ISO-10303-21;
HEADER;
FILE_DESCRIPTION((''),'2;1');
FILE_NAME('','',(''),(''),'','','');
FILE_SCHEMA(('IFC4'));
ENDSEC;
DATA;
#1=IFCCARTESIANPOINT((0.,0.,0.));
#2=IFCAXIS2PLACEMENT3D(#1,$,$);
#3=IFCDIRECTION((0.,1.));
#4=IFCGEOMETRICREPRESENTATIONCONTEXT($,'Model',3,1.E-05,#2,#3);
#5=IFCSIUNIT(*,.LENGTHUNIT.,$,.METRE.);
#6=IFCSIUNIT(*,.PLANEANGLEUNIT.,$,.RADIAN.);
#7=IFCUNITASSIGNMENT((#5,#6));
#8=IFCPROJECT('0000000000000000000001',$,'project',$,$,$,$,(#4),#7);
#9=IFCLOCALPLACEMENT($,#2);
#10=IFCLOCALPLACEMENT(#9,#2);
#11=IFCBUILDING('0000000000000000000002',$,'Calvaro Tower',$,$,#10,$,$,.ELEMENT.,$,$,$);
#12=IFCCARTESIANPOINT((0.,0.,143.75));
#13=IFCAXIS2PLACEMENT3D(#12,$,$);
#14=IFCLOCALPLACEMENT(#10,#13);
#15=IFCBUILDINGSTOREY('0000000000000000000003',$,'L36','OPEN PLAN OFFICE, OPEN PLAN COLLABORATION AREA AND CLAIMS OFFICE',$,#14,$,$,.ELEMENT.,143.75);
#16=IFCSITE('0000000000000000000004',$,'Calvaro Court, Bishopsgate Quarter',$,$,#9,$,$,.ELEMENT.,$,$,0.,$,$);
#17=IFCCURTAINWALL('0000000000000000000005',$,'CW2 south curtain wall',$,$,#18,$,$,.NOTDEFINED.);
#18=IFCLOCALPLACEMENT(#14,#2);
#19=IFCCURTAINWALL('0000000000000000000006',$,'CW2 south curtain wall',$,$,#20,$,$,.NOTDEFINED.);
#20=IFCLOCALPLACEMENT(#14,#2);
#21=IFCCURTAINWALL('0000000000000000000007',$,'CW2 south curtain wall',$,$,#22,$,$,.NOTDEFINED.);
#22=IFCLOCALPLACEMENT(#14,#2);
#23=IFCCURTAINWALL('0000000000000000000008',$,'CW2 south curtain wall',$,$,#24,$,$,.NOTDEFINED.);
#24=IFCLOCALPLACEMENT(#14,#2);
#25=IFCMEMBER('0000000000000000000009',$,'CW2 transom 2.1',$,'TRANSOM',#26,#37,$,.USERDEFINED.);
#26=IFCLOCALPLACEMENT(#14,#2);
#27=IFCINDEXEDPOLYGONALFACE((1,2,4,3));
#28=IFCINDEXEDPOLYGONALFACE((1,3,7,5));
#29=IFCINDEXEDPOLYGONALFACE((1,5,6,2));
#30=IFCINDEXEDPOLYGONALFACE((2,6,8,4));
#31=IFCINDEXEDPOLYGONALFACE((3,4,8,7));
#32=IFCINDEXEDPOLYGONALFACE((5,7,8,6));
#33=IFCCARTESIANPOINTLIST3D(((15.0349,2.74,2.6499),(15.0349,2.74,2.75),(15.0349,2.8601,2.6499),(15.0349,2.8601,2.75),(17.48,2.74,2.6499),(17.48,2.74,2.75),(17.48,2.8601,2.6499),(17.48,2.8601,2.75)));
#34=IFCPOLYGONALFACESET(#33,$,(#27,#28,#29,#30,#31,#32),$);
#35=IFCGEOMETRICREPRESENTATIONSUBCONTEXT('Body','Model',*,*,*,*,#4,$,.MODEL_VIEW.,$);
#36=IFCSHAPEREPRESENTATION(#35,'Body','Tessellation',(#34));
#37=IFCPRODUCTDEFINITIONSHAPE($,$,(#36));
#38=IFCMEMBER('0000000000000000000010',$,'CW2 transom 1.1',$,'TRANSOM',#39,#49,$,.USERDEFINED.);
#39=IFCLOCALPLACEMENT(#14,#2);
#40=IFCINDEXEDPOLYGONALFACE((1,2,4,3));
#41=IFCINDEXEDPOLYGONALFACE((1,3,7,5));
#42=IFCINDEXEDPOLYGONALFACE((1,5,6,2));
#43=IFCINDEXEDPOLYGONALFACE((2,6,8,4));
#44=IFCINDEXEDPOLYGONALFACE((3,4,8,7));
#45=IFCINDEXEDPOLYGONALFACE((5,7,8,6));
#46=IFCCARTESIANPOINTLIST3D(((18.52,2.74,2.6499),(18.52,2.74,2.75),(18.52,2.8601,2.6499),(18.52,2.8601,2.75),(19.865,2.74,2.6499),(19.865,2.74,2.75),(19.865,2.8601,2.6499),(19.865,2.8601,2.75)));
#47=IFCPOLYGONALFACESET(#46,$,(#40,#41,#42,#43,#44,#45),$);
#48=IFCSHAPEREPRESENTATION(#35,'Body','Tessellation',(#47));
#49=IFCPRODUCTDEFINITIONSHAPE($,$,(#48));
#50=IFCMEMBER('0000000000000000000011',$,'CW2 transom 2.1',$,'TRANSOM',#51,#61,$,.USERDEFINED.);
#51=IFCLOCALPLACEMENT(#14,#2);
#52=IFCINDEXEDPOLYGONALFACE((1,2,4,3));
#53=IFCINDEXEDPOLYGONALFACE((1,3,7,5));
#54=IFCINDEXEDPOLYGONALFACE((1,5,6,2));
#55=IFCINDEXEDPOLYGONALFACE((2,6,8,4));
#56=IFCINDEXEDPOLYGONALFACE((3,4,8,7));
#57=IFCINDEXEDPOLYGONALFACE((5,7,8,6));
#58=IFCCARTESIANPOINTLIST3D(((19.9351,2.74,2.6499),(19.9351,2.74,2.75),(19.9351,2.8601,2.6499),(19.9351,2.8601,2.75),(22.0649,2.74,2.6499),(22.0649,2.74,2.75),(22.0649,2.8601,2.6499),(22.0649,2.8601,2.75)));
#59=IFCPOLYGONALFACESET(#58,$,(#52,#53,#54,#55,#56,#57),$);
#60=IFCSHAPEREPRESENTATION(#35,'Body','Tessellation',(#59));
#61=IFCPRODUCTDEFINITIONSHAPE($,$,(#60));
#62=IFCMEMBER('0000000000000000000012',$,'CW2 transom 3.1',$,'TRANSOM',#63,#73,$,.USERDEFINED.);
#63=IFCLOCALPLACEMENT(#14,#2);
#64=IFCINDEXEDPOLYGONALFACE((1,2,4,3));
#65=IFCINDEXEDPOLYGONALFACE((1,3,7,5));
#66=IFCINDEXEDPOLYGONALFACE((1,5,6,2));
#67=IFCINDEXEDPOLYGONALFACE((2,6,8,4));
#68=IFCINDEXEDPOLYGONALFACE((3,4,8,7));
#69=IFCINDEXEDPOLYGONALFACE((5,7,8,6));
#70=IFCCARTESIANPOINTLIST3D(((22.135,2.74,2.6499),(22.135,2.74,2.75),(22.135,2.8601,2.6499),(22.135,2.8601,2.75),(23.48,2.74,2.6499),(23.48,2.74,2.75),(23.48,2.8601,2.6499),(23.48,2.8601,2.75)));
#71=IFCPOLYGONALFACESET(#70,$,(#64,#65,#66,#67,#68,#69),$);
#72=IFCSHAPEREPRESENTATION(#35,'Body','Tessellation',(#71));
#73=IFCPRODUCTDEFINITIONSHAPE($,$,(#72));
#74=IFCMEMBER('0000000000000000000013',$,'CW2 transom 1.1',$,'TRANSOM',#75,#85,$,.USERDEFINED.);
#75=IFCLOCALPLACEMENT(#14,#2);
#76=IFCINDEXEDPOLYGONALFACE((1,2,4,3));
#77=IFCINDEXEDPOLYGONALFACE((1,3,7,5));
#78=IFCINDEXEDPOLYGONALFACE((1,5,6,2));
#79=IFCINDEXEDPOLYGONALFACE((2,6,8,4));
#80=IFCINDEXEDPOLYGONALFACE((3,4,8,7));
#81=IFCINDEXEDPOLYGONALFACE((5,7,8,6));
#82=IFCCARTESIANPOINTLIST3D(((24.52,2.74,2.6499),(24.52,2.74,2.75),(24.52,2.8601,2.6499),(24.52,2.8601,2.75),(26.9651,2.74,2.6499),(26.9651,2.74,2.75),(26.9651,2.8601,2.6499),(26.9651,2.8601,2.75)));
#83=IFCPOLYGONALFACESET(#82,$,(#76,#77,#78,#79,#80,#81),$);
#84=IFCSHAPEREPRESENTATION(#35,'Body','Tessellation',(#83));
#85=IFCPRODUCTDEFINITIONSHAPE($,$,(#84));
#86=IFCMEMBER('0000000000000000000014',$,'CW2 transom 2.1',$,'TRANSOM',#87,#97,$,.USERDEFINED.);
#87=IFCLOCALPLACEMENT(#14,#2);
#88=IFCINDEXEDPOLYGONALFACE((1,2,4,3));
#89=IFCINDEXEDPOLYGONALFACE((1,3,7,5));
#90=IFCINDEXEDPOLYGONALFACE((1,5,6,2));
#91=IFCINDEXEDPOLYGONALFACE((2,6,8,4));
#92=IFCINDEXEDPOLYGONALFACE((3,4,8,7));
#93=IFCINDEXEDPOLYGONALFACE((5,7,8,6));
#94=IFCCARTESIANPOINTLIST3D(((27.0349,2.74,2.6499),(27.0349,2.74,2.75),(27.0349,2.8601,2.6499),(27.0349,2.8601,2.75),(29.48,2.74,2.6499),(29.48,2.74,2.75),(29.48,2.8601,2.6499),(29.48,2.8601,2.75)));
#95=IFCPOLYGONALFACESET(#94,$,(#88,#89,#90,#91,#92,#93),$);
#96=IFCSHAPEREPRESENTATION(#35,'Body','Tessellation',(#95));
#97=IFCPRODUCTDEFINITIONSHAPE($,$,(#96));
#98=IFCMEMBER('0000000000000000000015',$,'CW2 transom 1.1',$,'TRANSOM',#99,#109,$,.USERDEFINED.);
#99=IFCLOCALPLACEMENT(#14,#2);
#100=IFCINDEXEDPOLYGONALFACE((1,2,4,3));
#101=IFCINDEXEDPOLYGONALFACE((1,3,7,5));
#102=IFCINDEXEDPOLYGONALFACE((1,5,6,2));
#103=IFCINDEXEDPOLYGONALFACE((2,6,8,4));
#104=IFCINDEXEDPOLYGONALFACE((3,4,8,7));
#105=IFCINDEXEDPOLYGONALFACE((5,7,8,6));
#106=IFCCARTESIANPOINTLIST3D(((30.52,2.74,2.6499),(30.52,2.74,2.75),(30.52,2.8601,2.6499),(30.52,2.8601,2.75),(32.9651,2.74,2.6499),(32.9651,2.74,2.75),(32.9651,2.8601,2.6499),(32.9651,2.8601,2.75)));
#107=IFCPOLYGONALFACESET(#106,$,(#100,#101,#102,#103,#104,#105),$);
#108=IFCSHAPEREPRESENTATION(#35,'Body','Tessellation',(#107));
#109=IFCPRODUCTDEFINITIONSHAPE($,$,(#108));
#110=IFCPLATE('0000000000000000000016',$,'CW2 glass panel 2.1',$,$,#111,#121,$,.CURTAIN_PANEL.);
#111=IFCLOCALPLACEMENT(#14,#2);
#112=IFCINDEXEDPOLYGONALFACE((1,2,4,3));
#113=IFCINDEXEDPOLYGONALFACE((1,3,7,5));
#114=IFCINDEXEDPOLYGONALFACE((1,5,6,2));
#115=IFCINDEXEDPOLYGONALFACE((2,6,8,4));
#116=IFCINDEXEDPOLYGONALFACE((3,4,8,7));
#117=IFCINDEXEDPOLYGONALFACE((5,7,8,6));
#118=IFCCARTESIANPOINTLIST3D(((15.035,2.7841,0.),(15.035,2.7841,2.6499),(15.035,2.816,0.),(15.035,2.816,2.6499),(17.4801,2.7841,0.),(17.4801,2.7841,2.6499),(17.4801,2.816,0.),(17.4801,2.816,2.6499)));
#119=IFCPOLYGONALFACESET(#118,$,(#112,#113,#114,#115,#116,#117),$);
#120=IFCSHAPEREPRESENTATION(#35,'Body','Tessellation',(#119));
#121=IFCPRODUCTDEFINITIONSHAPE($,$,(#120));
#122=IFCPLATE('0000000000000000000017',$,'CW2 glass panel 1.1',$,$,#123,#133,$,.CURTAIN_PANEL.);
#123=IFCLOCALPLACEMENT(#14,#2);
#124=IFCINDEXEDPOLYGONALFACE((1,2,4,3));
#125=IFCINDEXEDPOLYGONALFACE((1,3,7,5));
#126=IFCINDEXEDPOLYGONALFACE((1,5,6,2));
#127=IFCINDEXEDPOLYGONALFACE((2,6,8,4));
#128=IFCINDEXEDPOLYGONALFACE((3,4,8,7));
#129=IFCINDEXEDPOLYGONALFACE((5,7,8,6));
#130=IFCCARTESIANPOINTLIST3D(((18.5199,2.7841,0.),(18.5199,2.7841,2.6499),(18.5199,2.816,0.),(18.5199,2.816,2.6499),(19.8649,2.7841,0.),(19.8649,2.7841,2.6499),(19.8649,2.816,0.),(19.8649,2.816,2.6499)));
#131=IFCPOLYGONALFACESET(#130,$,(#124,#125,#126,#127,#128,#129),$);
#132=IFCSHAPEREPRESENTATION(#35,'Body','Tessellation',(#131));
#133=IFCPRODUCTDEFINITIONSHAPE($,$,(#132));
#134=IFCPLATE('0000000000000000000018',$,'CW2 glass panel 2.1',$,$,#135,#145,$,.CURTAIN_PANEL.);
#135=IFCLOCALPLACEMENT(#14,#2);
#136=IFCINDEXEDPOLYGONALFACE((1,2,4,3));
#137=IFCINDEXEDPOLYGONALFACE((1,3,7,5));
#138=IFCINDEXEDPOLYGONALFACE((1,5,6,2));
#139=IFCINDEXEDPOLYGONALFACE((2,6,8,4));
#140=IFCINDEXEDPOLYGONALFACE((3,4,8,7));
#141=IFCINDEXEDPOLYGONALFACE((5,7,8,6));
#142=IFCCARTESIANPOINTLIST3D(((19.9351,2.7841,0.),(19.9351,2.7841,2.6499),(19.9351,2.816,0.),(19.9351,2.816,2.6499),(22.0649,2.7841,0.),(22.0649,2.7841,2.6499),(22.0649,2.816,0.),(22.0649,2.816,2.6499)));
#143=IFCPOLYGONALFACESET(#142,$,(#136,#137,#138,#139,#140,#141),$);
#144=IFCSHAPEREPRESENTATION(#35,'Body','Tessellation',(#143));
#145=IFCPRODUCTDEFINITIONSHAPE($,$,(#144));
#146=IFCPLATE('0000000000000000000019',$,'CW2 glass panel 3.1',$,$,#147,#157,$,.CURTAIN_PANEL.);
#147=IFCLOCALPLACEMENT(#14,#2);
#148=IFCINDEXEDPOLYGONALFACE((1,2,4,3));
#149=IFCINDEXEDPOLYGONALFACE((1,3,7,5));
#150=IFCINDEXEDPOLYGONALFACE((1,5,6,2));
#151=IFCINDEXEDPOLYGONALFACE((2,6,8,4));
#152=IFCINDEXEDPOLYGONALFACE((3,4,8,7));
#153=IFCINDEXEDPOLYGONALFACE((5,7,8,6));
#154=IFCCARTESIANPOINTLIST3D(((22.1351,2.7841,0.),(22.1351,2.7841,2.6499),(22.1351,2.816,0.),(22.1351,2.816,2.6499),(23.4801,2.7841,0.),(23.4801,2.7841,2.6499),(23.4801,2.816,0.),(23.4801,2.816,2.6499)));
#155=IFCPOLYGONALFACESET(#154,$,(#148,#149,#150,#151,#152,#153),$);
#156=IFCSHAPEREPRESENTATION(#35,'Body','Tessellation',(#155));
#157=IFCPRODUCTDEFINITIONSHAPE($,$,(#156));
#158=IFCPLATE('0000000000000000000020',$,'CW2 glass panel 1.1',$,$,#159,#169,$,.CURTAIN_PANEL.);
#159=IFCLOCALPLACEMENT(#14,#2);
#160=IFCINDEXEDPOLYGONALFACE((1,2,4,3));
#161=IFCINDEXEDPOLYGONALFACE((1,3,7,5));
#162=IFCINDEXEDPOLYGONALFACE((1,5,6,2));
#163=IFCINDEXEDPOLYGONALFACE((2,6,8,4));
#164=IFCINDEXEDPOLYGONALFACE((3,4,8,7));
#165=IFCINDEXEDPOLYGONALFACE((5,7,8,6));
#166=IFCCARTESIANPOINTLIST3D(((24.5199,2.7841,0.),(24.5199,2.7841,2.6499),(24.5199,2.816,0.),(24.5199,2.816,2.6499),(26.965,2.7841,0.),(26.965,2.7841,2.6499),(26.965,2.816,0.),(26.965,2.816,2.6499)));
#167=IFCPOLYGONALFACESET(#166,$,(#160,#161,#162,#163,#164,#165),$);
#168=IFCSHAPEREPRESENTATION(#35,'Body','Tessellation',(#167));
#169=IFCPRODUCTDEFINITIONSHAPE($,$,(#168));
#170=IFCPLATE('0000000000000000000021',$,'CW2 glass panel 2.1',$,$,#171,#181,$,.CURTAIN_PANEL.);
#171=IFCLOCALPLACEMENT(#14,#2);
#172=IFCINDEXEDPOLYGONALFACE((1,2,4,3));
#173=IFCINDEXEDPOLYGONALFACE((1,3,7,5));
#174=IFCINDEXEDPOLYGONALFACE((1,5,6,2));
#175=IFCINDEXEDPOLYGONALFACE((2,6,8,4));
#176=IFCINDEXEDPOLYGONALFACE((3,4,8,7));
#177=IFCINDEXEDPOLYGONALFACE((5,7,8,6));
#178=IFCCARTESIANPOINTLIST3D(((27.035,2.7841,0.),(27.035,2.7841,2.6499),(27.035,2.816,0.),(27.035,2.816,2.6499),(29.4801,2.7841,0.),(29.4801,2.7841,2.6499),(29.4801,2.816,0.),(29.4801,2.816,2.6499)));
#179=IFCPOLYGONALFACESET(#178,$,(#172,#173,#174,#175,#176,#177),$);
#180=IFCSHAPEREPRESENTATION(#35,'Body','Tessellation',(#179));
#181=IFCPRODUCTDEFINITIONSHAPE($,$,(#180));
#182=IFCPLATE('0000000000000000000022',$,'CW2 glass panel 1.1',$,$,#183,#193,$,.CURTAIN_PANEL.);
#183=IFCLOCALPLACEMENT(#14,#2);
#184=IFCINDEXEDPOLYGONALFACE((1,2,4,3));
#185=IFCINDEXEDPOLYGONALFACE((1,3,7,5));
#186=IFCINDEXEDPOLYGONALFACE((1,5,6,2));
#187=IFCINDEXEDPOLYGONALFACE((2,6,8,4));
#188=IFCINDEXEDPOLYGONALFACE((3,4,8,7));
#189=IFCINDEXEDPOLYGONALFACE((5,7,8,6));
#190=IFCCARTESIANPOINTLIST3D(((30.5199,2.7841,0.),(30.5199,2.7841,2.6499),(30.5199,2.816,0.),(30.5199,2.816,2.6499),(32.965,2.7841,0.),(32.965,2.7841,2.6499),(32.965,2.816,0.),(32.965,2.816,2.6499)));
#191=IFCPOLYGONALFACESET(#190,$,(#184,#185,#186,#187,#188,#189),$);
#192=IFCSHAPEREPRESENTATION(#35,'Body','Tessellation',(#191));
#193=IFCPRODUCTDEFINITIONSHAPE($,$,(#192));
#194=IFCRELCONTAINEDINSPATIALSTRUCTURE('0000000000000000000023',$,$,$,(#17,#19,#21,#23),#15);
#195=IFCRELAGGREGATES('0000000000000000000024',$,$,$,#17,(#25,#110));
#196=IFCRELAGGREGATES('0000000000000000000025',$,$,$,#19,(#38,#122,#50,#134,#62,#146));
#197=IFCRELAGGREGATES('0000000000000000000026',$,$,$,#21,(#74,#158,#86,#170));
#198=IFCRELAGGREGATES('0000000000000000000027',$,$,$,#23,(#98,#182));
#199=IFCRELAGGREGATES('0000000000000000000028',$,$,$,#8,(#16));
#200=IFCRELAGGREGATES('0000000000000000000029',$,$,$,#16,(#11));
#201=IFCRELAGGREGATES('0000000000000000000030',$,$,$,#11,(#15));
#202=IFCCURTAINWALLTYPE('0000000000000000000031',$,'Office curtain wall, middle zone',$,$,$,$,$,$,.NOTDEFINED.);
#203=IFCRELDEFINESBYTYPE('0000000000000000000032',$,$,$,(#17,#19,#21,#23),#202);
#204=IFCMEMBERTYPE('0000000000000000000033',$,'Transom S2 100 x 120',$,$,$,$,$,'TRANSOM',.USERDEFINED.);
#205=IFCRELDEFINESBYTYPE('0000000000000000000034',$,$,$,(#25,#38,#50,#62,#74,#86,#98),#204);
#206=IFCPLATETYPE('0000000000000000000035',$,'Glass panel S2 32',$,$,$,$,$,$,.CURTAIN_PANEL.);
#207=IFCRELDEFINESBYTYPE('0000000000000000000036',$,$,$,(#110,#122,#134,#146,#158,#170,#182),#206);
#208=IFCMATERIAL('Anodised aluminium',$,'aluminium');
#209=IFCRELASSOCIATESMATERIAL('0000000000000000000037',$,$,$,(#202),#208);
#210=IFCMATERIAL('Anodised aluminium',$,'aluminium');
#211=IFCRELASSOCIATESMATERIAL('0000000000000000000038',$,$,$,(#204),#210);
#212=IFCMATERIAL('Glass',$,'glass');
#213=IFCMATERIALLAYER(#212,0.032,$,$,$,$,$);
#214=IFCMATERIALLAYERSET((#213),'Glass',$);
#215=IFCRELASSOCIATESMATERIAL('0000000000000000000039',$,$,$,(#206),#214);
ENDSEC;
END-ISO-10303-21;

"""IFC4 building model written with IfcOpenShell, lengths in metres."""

from ifc_helpers import new_model, si_unit, direction, frame, origin, origin_2d, place, context, subcontext, project, spatial, rectangle, extrude, material, layer, layer_set, material_profile, profile_set, type_object, element, aggregate, save


model = new_model("IFC4")

# Units and contexts
model_context = context("Model", 3, precision=1e-05, world=origin(), true_north=direction((0.0, 1.0)))
body_context = subcontext(model_context, "Body", "Model", "MODEL_VIEW")
ifc_project = project(units=[si_unit("LENGTHUNIT", "METRE"), si_unit("PLANEANGLEUNIT", "RADIAN")], contexts=[model_context])

# Site, building, storey
site_placement = place(None, origin())
site = spatial("IfcSite", under=ifc_project, at=site_placement, Name="Calvaro Court, Bishopsgate Quarter", CompositionType="ELEMENT", RefElevation=0.0)
building_placement = place(site_placement, origin())
building = spatial("IfcBuilding", under=site, at=building_placement, Name="Calvaro Tower", CompositionType="ELEMENT")
storey_placement = place(building_placement, frame((0.0, 0.0, 143.75)))
storey = spatial("IfcBuildingStorey", under=building, at=storey_placement, Name="L36", Description="OPEN PLAN OFFICE, OPEN PLAN COLLABORATION AREA AND CLAIMS OFFICE", CompositionType="ELEMENT", Elevation=143.75)

# Curtain wall
ifc_material_1 = material(Name="Anodised aluminium", Category="aluminium")
curtain_wall_type = type_object("IfcCurtainWallType", Name="Office curtain wall, middle zone", PredefinedType="NOTDEFINED", material=ifc_material_1)
curtain_wall_1_placement = place(storey_placement, origin())
curtain_wall_1 = element("IfcCurtainWall", 1, at=curtain_wall_1_placement, inside=storey, type_object=curtain_wall_type, Name="CW2 south curtain wall", PredefinedType="NOTDEFINED")

# Curtain walls
curtain_wall_2_placement = place(storey_placement, origin())
curtain_wall_2 = element("IfcCurtainWall", 2, at=curtain_wall_2_placement, inside=storey, type_object=curtain_wall_type, Name="CW2 south curtain wall", PredefinedType="NOTDEFINED")
curtain_wall_3_placement = place(storey_placement, origin())
curtain_wall_3 = element("IfcCurtainWall", 3, at=curtain_wall_3_placement, inside=storey, type_object=curtain_wall_type, Name="CW2 south curtain wall", PredefinedType="NOTDEFINED")

# Curtain wall
curtain_wall_4_placement = place(storey_placement, origin())
curtain_wall_4 = element("IfcCurtainWall", 4, at=curtain_wall_4_placement, inside=storey, type_object=curtain_wall_type, Name="CW2 south curtain wall", PredefinedType="NOTDEFINED")

# Members
ifc_material_2 = material(Name="Anodised aluminium", Category="aluminium")
ifc_material_profile_1 = material_profile(ifc_material_2, rectangle(XDim=0.1201, YDim=0.1001, at=origin_2d()), Name="Transom S2 100 x 120")
ifc_profile_set_1 = profile_set([ifc_material_profile_1], Name="Anodised aluminium")
member_type_1 = type_object("IfcMemberType", Name="Transom S2 100 x 120", ElementType="TRANSOM", PredefinedType="USERDEFINED", material=ifc_profile_set_1)
member_1_placement = place(storey_placement, frame((15.0349, 2.8, 2.7), z_axis=(1.0, 0.0, 0.0), x_axis=(0.0, 1.0, 0.0)))
member_1 = element("IfcMember", 5, at=member_1_placement, type_object=member_type_1, Name="CW2 transom 2.1", ObjectType="TRANSOM", PredefinedType="USERDEFINED", context=body_context, shape_type="SweptSolid", body=[
    extrude(rectangle(XDim=0.1201, YDim=0.1001, at=origin_2d()), origin(), (0.0, 0.0, 1.0), 2.4451),
])
member_2_placement = place(storey_placement, frame((18.52, 2.8, 2.7), z_axis=(1.0, 0.0, 0.0), x_axis=(0.0, 1.0, 0.0)))
member_2 = element("IfcMember", 6, at=member_2_placement, type_object=member_type_1, Name="CW2 transom 1.1", ObjectType="TRANSOM", PredefinedType="USERDEFINED", context=body_context, shape_type="SweptSolid", body=[
    extrude(rectangle(XDim=0.1201, YDim=0.1001, at=origin_2d()), origin(), (0.0, 0.0, 1.0), 1.345),
])
member_3_placement = place(storey_placement, frame((19.9351, 2.8, 2.7), z_axis=(1.0, 0.0, 0.0), x_axis=(0.0, 1.0, 0.0)))
member_3 = element("IfcMember", 7, at=member_3_placement, type_object=member_type_1, Name="CW2 transom 2.1", ObjectType="TRANSOM", PredefinedType="USERDEFINED", context=body_context, shape_type="SweptSolid", body=[
    extrude(rectangle(XDim=0.1201, YDim=0.1001, at=origin_2d()), origin(), (0.0, 0.0, 1.0), 2.1299),
])
member_4_placement = place(storey_placement, frame((22.135, 2.8, 2.7), z_axis=(1.0, 0.0, 0.0), x_axis=(0.0, 1.0, 0.0)))
member_4 = element("IfcMember", 8, at=member_4_placement, type_object=member_type_1, Name="CW2 transom 3.1", ObjectType="TRANSOM", PredefinedType="USERDEFINED", context=body_context, shape_type="SweptSolid", body=[
    extrude(rectangle(XDim=0.1201, YDim=0.1001, at=origin_2d()), origin(), (0.0, 0.0, 1.0), 1.345),
])
member_5_placement = place(storey_placement, frame((24.52, 2.8, 2.7), z_axis=(1.0, 0.0, 0.0), x_axis=(0.0, 1.0, 0.0)))
member_5 = element("IfcMember", 9, at=member_5_placement, type_object=member_type_1, Name="CW2 transom 1.1", ObjectType="TRANSOM", PredefinedType="USERDEFINED", context=body_context, shape_type="SweptSolid", body=[
    extrude(rectangle(XDim=0.1201, YDim=0.1001, at=origin_2d()), origin(), (0.0, 0.0, 1.0), 2.4451),
])
member_6_placement = place(storey_placement, frame((27.0349, 2.8, 2.7), z_axis=(1.0, 0.0, 0.0), x_axis=(0.0, 1.0, 0.0)))
member_6 = element("IfcMember", 10, at=member_6_placement, type_object=member_type_1, Name="CW2 transom 2.1", ObjectType="TRANSOM", PredefinedType="USERDEFINED", context=body_context, shape_type="SweptSolid", body=[
    extrude(rectangle(XDim=0.1201, YDim=0.1001, at=origin_2d()), origin(), (0.0, 0.0, 1.0), 2.4451),
])
member_7_placement = place(storey_placement, frame((30.52, 2.8, 2.7), z_axis=(1.0, 0.0, 0.0), x_axis=(0.0, 1.0, 0.0)))
member_7 = element("IfcMember", 11, at=member_7_placement, type_object=member_type_1, Name="CW2 transom 1.1", ObjectType="TRANSOM", PredefinedType="USERDEFINED", context=body_context, shape_type="SweptSolid", body=[
    extrude(rectangle(XDim=0.1201, YDim=0.1001, at=origin_2d()), origin(), (0.0, 0.0, 1.0), 2.4451),
])

# Plates
ifc_material_3 = material(Name="Glass", Category="glass")
ifc_layer = layer(ifc_material_3, 0.032)
ifc_layer_set = layer_set([ifc_layer], Name="Glass")
plate_type = type_object("IfcPlateType", Name="Glass panel S2 32", PredefinedType="CURTAIN_PANEL", material=ifc_layer_set)
plate_1_placement = place(storey_placement, frame((16.2576, 2.8, 0.0), z_axis=(0.0, 0.0, 1.0), x_axis=(1.0, 0.0, 0.0)))
plate_1 = element("IfcPlate", 12, at=plate_1_placement, type_object=plate_type, Name="CW2 glass panel 2.1", PredefinedType="CURTAIN_PANEL", context=body_context, shape_type="SweptSolid", body=[
    extrude(rectangle(XDim=2.4451, YDim=0.032, at=origin_2d()), origin(), (0.0, 0.0, 1.0), 2.6499),
])
aggregate(curtain_wall_1, [member_1, plate_1])
plate_2_placement = place(storey_placement, frame((19.1924, 2.8, 0.0), z_axis=(0.0, 0.0, 1.0), x_axis=(1.0, 0.0, 0.0)))
plate_2 = element("IfcPlate", 13, at=plate_2_placement, type_object=plate_type, Name="CW2 glass panel 1.1", PredefinedType="CURTAIN_PANEL", context=body_context, shape_type="SweptSolid", body=[
    extrude(rectangle(XDim=1.345, YDim=0.032, at=origin_2d()), origin(), (0.0, 0.0, 1.0), 2.6499),
])
plate_3_placement = place(storey_placement, frame((21.0, 2.8, 0.0), z_axis=(0.0, 0.0, 1.0), x_axis=(1.0, 0.0, 0.0)))
plate_3 = element("IfcPlate", 14, at=plate_3_placement, type_object=plate_type, Name="CW2 glass panel 2.1", PredefinedType="CURTAIN_PANEL", context=body_context, shape_type="SweptSolid", body=[
    extrude(rectangle(XDim=2.1299, YDim=0.032, at=origin_2d()), origin(), (0.0, 0.0, 1.0), 2.6499),
])
plate_4_placement = place(storey_placement, frame((22.8076, 2.8, 0.0), z_axis=(0.0, 0.0, 1.0), x_axis=(1.0, 0.0, 0.0)))
plate_4 = element("IfcPlate", 15, at=plate_4_placement, type_object=plate_type, Name="CW2 glass panel 3.1", PredefinedType="CURTAIN_PANEL", context=body_context, shape_type="SweptSolid", body=[
    extrude(rectangle(XDim=1.345, YDim=0.032, at=origin_2d()), origin(), (0.0, 0.0, 1.0), 2.6499),
])
aggregate(curtain_wall_2, [member_2, plate_2, member_3, plate_3, member_4, plate_4])
plate_5_placement = place(storey_placement, frame((25.7424, 2.8, 0.0), z_axis=(0.0, 0.0, 1.0), x_axis=(1.0, 0.0, 0.0)))
plate_5 = element("IfcPlate", 16, at=plate_5_placement, type_object=plate_type, Name="CW2 glass panel 1.1", PredefinedType="CURTAIN_PANEL", context=body_context, shape_type="SweptSolid", body=[
    extrude(rectangle(XDim=2.4451, YDim=0.032, at=origin_2d()), origin(), (0.0, 0.0, 1.0), 2.6499),
])
plate_6_placement = place(storey_placement, frame((28.2576, 2.8, 0.0), z_axis=(0.0, 0.0, 1.0), x_axis=(1.0, 0.0, 0.0)))
plate_6 = element("IfcPlate", 17, at=plate_6_placement, type_object=plate_type, Name="CW2 glass panel 2.1", PredefinedType="CURTAIN_PANEL", context=body_context, shape_type="SweptSolid", body=[
    extrude(rectangle(XDim=2.4451, YDim=0.032, at=origin_2d()), origin(), (0.0, 0.0, 1.0), 2.6499),
])
aggregate(curtain_wall_3, [member_5, plate_5, member_6, plate_6])
plate_7_placement = place(storey_placement, frame((31.7424, 2.8, 0.0), z_axis=(0.0, 0.0, 1.0), x_axis=(1.0, 0.0, 0.0)))
plate_7 = element("IfcPlate", 18, at=plate_7_placement, type_object=plate_type, Name="CW2 glass panel 1.1", PredefinedType="CURTAIN_PANEL", context=body_context, shape_type="SweptSolid", body=[
    extrude(rectangle(XDim=2.4451, YDim=0.032, at=origin_2d()), origin(), (0.0, 0.0, 1.0), 2.6499),
])
aggregate(curtain_wall_4, [member_7, plate_7])

save(model, "model.ifc")
